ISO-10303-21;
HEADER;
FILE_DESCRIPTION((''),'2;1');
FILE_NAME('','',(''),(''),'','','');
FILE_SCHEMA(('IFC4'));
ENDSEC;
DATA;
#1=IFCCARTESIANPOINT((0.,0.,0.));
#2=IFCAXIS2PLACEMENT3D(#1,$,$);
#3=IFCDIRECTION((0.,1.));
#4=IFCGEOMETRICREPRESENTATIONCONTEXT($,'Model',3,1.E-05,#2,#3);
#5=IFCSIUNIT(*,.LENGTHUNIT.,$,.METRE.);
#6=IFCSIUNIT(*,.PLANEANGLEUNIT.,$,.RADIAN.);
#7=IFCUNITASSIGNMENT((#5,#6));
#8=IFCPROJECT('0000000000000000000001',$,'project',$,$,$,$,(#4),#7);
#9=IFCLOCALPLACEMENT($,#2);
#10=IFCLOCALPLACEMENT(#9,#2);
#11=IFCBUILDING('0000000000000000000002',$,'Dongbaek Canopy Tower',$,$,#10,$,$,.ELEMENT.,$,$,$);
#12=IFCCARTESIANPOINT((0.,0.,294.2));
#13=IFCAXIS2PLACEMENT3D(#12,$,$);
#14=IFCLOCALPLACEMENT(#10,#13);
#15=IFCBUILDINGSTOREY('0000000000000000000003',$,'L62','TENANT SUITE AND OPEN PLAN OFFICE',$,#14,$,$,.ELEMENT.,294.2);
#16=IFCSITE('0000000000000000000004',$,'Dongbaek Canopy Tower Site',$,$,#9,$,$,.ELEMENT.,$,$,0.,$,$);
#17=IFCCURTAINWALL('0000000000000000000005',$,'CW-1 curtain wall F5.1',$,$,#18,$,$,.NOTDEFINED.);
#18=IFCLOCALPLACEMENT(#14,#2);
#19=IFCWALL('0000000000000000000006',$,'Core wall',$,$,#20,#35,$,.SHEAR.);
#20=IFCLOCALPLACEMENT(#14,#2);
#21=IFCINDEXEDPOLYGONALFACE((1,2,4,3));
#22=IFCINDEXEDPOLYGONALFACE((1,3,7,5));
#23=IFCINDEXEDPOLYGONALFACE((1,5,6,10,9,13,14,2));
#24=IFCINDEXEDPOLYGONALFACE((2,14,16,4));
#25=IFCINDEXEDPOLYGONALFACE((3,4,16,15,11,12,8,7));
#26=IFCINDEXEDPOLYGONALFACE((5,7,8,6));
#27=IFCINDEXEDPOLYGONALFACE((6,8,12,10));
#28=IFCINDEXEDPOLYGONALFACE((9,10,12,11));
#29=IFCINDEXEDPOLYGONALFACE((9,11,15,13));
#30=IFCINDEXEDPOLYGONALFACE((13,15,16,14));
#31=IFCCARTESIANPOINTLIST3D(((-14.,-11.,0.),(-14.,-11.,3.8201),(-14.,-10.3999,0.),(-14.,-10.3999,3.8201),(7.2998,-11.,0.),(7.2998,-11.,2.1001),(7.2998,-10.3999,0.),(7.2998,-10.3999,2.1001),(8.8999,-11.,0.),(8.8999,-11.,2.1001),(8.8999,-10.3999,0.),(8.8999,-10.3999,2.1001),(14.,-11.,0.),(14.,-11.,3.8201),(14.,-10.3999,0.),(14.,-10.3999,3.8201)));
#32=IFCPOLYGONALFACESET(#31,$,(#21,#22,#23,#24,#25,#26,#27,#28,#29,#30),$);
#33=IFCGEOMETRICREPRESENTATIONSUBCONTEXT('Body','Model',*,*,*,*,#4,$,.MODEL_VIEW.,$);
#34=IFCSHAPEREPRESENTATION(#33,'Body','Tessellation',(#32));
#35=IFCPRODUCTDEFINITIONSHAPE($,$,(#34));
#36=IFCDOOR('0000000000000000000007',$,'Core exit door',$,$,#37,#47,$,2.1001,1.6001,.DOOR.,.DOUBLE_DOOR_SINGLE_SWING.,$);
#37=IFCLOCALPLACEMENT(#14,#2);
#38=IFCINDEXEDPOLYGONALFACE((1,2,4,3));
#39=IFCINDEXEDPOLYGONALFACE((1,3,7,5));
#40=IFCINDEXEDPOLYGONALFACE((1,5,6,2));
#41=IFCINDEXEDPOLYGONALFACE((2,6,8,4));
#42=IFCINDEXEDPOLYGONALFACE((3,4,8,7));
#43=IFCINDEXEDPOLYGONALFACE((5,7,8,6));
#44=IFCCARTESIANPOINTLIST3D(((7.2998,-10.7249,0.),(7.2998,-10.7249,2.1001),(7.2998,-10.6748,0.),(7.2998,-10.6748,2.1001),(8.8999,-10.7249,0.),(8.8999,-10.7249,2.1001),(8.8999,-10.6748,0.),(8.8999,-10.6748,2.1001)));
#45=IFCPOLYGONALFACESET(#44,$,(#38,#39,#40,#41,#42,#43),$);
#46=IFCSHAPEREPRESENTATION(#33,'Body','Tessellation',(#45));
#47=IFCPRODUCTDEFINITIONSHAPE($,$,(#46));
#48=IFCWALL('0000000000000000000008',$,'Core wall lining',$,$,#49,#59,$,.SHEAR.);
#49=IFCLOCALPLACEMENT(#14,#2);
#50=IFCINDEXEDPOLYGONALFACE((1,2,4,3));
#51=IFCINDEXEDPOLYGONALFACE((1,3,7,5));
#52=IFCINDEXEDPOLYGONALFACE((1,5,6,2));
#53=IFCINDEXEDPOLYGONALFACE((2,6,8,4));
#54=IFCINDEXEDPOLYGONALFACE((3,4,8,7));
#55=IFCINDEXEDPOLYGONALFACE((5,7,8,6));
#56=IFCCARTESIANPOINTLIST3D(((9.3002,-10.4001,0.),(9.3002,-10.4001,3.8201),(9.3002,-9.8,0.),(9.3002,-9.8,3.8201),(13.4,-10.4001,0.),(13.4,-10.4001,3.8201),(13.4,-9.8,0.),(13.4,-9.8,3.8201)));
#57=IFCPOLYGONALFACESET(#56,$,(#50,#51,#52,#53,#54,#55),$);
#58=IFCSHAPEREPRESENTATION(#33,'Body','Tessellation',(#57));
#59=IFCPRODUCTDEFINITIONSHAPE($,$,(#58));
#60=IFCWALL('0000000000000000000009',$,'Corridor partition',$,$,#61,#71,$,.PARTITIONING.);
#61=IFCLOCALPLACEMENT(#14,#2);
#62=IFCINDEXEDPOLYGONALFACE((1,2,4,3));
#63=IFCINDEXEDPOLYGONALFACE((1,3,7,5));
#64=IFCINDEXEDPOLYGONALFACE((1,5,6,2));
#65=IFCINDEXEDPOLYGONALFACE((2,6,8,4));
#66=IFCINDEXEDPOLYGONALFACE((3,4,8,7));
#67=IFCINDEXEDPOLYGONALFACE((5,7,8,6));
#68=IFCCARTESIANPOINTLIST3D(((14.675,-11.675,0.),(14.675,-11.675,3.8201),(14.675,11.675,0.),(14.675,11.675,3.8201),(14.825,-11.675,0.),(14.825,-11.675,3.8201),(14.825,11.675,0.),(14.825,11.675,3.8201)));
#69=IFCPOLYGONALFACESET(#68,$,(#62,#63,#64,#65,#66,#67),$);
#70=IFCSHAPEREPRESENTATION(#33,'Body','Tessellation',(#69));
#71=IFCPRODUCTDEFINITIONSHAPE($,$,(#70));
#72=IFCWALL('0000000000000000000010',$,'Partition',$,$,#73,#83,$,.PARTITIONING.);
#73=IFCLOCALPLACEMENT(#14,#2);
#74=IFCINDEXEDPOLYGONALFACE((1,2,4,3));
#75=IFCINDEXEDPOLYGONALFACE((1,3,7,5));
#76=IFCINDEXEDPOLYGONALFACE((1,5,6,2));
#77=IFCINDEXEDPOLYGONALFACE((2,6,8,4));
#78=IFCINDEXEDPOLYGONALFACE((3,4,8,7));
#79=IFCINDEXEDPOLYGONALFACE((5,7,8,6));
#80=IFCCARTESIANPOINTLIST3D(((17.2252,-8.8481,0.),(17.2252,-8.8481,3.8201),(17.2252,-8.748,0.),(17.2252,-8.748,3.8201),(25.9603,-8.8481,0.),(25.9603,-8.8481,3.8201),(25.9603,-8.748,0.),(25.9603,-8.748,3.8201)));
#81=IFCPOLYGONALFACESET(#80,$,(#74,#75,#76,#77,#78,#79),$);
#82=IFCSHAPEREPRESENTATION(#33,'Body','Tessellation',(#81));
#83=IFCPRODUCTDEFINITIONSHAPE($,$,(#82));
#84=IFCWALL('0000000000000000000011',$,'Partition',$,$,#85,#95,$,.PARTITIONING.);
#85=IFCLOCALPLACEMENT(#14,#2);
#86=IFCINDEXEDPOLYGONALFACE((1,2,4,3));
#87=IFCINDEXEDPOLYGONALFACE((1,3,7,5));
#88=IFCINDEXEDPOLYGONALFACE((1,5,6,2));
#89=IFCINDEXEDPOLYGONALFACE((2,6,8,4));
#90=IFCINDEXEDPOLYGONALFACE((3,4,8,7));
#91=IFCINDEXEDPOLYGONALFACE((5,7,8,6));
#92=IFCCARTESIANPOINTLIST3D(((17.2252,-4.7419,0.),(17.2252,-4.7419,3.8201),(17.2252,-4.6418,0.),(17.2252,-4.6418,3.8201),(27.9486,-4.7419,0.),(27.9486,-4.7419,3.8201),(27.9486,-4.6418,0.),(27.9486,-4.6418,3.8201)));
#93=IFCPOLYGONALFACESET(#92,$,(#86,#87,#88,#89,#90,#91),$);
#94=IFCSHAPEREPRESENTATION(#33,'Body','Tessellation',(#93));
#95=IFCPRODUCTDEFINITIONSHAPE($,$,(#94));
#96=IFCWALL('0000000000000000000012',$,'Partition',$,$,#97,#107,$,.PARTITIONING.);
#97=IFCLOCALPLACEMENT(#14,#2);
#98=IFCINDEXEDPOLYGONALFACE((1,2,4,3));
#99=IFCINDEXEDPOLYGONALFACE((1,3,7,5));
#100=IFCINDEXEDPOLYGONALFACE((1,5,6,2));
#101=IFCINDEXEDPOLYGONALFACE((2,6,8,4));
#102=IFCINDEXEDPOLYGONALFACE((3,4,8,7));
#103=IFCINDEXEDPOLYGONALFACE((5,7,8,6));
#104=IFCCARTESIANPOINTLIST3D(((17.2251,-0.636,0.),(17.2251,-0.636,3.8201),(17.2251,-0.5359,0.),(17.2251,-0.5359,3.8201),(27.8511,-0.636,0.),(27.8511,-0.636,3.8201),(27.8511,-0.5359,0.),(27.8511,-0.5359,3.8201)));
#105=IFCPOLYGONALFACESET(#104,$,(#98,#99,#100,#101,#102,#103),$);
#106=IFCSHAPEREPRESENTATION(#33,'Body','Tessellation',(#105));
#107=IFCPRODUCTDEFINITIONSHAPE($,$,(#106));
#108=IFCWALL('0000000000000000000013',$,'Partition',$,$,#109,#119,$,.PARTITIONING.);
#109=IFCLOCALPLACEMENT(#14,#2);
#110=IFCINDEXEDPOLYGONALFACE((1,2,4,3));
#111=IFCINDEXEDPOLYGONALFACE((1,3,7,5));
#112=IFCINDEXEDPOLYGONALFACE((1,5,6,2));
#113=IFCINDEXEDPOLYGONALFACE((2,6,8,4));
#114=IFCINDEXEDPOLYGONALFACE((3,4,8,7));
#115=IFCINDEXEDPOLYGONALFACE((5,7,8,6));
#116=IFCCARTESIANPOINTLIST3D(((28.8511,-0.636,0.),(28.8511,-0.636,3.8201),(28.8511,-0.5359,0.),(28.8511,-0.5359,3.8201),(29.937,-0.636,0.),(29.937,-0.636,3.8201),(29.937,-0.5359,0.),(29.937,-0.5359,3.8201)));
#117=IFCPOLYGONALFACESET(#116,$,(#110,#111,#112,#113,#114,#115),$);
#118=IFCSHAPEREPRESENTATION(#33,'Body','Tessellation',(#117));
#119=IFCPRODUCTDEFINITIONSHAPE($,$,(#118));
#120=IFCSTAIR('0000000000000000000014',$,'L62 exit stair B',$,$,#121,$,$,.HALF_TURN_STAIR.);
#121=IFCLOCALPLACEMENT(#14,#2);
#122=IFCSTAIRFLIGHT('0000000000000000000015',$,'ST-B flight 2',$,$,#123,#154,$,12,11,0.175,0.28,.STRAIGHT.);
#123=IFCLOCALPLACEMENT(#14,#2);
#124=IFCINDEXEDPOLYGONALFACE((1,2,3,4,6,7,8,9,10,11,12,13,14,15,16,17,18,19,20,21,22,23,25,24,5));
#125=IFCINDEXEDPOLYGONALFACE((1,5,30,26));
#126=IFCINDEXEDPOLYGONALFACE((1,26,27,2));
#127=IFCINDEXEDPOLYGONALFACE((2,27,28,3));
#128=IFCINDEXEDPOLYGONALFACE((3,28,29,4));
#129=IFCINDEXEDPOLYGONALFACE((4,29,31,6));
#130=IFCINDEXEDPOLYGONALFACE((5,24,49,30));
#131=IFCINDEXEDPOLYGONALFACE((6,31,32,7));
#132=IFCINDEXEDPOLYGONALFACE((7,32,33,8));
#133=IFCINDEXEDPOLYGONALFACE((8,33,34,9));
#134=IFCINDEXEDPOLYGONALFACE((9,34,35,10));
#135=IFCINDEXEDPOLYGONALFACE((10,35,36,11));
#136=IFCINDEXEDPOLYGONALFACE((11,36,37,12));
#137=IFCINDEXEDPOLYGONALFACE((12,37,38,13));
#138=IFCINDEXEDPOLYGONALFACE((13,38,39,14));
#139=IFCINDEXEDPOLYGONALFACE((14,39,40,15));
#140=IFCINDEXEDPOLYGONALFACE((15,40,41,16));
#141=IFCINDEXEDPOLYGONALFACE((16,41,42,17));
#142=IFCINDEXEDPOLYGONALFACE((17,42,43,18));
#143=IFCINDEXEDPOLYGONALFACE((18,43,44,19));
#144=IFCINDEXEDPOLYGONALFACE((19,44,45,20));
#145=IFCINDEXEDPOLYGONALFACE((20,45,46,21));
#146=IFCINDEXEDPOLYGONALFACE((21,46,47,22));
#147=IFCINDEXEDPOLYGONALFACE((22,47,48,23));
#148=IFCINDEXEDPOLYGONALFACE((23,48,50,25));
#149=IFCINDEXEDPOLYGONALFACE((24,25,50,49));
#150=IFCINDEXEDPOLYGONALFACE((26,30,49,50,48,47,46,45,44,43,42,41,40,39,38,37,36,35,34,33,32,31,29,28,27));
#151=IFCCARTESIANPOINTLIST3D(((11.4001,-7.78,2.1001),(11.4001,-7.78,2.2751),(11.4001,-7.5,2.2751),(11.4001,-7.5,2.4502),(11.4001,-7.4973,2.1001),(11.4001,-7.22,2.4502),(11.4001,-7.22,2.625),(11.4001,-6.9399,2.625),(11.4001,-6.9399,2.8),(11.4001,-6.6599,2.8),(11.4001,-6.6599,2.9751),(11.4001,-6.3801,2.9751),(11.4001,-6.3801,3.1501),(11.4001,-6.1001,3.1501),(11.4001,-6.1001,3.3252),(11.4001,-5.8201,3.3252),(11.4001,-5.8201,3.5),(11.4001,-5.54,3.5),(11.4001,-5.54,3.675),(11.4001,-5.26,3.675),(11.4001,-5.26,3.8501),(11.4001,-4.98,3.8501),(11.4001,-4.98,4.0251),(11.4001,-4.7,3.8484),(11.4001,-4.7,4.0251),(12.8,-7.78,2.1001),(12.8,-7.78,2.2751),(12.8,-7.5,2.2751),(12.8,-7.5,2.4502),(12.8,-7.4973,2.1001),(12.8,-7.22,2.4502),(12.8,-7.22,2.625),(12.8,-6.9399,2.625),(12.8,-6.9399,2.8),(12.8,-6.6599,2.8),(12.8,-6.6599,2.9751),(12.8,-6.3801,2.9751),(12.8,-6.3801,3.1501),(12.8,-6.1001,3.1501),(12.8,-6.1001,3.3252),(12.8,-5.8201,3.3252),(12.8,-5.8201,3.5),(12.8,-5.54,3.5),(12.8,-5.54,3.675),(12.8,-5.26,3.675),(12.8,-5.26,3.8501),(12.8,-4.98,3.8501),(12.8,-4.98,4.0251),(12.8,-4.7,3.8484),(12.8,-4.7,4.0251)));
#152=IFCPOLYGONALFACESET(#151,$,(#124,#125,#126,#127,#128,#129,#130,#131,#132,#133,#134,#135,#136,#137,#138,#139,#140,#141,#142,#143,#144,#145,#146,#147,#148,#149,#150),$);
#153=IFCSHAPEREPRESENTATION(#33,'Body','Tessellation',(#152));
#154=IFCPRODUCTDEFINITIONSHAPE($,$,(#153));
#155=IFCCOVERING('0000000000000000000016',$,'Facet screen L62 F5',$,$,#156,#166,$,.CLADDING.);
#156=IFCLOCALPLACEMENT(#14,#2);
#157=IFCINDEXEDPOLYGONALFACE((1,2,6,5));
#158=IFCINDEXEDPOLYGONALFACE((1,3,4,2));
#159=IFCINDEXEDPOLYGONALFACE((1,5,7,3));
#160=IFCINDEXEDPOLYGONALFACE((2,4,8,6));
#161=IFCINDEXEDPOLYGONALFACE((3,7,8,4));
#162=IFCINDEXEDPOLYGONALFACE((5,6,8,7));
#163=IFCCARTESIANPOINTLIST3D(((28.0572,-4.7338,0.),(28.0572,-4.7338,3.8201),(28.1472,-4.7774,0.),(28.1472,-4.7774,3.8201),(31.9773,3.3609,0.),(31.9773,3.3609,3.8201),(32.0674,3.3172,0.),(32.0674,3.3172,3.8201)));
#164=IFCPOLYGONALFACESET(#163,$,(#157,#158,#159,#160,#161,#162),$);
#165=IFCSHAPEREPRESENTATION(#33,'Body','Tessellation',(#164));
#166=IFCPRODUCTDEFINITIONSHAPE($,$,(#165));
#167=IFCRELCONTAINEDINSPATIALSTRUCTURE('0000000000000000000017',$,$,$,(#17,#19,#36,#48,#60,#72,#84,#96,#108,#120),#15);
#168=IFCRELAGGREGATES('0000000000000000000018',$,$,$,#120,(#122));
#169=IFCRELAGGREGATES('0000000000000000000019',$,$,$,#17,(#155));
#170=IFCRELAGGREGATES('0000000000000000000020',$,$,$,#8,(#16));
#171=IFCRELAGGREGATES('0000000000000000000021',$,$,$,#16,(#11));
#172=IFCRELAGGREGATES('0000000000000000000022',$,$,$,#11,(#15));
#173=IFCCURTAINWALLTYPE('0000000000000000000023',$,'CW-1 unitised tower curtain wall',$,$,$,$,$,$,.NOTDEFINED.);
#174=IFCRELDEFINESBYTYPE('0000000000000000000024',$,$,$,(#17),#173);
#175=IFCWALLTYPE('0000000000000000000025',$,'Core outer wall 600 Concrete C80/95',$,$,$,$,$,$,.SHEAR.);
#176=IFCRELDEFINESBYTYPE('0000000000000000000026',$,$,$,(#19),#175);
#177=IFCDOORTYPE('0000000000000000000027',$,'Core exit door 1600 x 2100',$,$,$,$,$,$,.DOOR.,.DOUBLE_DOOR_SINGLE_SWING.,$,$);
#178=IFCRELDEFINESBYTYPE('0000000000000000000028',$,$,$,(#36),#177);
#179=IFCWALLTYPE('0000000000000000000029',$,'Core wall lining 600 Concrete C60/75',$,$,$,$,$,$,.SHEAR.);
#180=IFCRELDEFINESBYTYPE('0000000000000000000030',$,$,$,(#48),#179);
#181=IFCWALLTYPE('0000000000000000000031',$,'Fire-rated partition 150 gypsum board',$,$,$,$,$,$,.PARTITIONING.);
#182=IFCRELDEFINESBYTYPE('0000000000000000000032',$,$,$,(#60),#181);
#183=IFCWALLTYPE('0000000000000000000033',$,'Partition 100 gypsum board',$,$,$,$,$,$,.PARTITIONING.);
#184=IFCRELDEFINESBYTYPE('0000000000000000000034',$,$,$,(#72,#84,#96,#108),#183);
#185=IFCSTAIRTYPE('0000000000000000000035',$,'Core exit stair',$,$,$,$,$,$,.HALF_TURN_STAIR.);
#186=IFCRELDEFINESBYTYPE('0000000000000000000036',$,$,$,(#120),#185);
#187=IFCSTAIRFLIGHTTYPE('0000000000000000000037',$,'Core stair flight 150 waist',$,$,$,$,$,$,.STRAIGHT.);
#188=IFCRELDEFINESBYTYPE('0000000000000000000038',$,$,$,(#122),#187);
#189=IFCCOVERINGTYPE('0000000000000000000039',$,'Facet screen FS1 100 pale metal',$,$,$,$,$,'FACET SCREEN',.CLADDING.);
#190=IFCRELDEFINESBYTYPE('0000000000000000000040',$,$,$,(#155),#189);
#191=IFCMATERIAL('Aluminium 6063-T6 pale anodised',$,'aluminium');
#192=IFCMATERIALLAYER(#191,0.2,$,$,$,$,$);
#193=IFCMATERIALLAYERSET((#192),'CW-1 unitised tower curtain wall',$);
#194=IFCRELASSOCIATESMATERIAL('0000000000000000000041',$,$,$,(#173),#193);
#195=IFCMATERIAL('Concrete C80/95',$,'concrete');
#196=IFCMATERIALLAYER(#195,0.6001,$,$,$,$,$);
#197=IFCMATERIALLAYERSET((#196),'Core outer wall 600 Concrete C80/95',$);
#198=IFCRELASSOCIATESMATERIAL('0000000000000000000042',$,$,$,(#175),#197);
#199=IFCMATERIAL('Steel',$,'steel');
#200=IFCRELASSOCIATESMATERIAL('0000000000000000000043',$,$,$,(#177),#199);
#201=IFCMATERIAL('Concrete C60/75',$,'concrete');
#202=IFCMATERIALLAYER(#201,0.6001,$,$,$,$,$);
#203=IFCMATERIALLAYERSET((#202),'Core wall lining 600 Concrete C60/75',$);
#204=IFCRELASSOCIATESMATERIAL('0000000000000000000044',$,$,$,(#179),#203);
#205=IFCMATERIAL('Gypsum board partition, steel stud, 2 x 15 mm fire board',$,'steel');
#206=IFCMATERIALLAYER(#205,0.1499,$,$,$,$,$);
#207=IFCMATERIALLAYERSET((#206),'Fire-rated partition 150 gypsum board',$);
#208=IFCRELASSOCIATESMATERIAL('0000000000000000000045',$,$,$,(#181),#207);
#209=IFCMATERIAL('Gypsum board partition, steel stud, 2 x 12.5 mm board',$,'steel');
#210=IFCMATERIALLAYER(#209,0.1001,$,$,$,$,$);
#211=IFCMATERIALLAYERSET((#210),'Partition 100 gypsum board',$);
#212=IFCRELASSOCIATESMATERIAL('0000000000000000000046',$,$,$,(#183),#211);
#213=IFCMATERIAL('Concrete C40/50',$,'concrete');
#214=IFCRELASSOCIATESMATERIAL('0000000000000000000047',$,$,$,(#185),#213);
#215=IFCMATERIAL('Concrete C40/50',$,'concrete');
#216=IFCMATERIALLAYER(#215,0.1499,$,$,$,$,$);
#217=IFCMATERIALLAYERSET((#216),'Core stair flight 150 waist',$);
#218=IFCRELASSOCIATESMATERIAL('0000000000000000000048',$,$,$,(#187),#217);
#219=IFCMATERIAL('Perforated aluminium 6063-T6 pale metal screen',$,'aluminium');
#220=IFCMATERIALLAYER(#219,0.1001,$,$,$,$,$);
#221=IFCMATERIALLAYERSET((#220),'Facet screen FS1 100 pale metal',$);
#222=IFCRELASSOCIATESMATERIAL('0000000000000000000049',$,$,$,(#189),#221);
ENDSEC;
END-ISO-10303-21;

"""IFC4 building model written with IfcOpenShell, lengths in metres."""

from ifc_helpers import new_model, si_unit, direction, frame, frame_2d, origin, origin_2d, place, context, subcontext, project, spatial, polyline, rectangle, outline, extrude, material, layer, layer_set, type_object, element, fill, aggregate, save


model = new_model("IFC4")

# Units and contexts
model_context = context("Model", 3, precision=1e-05, world=origin(), true_north=direction((0.0, 1.0)))
body_context = subcontext(model_context, "Body", "Model", "MODEL_VIEW")
ifc_project = project(units=[si_unit("LENGTHUNIT", "METRE"), si_unit("PLANEANGLEUNIT", "RADIAN")], contexts=[model_context])

# Site, building, storey
site_placement = place(None, origin())
site = spatial("IfcSite", under=ifc_project, at=site_placement, Name="Dongbaek Canopy Tower Site", CompositionType="ELEMENT", RefElevation=0.0)
building_placement = place(site_placement, origin())
building = spatial("IfcBuilding", under=site, at=building_placement, Name="Dongbaek Canopy Tower", CompositionType="ELEMENT")
storey_placement = place(building_placement, frame((0.0, 0.0, 294.2)))
storey = spatial("IfcBuildingStorey", under=building, at=storey_placement, Name="L62", Description="TENANT SUITE AND OPEN PLAN OFFICE", CompositionType="ELEMENT", Elevation=294.2)

# Curtain wall
ifc_material_1 = material(Name="Aluminium 6063-T6 pale anodised", Category="aluminium")
ifc_layer_1 = layer(ifc_material_1, 0.2)
ifc_layer_set_1 = layer_set([ifc_layer_1], Name="CW-1 unitised tower curtain wall")
curtain_wall_type = type_object("IfcCurtainWallType", Name="CW-1 unitised tower curtain wall", PredefinedType="NOTDEFINED", material=ifc_layer_set_1)
curtain_wall_placement = place(storey_placement, origin())
curtain_wall = element("IfcCurtainWall", 1, at=curtain_wall_placement, inside=storey, type_object=curtain_wall_type, Name="CW-1 curtain wall F5.1", PredefinedType="NOTDEFINED")

# Wall, opening, door
ifc_material_2 = material(Name="Concrete C80/95", Category="concrete")
ifc_layer_2 = layer(ifc_material_2, 0.6001)
ifc_layer_set_2 = layer_set([ifc_layer_2], Name="Core outer wall 600 Concrete C80/95")
wall_type_1 = type_object("IfcWallType", Name="Core outer wall 600 Concrete C80/95", PredefinedType="SHEAR", material=ifc_layer_set_2)
wall_1_placement = place(storey_placement, frame((14.0, -10.7, 0.0), z_axis=(0.0, 0.0, 1.0), x_axis=(-1.0, 0.0, 0.0)))
wall_1 = element("IfcWall", 2, at=wall_1_placement, inside=storey, type_object=wall_type_1, Name="Core wall", PredefinedType="SHEAR", context=body_context, shape_type="SweptSolid", body=[
    extrude(rectangle(XDim=28.0, YDim=0.6001, at=frame_2d((14.0, 0.0))), origin(), (0.0, 0.0, 1.0), 3.8201),
])
opening_placement = place(wall_1_placement, frame((5.1001, 0.0, 0.0)))
opening = element("IfcOpeningElement", 3, at=opening_placement, cuts=wall_1, PredefinedType="OPENING", context=body_context, shape_type="SweptSolid", body=[
    extrude(rectangle(XDim=1.6001, YDim=2.1001, at=frame_2d((0.8, 1.05))), frame((0.0, 0.3101, 0.0), z_axis=(0.0, -1.0, 0.0), x_axis=(1.0, 0.0, 0.0)), (0.0, 0.0, 1.0), 0.6201),
])
ifc_material_3 = material(Name="Steel", Category="steel")
door_type = type_object("IfcDoorType", Name="Core exit door 1600 x 2100", OperationType="DOUBLE_DOOR_SINGLE_SWING", PredefinedType="DOOR", material=ifc_material_3)
door_placement = place(opening_placement, origin())
door = element("IfcDoor", 4, at=door_placement, inside=storey, type_object=door_type, Name="Core exit door", OperationType="DOUBLE_DOOR_SINGLE_SWING", OverallHeight=2.1001, OverallWidth=1.6001, PredefinedType="DOOR", context=body_context, shape_type="SweptSolid", body=[
    extrude(rectangle(XDim=1.6001, YDim=2.1001, at=frame_2d((0.8, 1.05))), frame((0.0, 0.0249, 0.0), z_axis=(0.0, -1.0, 0.0), x_axis=(1.0, 0.0, 0.0)), (0.0, 0.0, 1.0), 0.05),
])
fill(opening, door)

# Walls
ifc_material_4 = material(Name="Concrete C60/75", Category="concrete")
ifc_layer_3 = layer(ifc_material_4, 0.6001)
ifc_layer_set_3 = layer_set([ifc_layer_3], Name="Core wall lining 600 Concrete C60/75")
wall_type_2 = type_object("IfcWallType", Name="Core wall lining 600 Concrete C60/75", PredefinedType="SHEAR", material=ifc_layer_set_3)
wall_2_placement = place(storey_placement, frame((13.3999, -10.1001, 0.0), z_axis=(0.0, 0.0, 1.0), x_axis=(-1.0, 0.0, 0.0)))
element("IfcWall", 5, at=wall_2_placement, inside=storey, type_object=wall_type_2, Name="Core wall lining", PredefinedType="SHEAR", context=body_context, shape_type="SweptSolid", body=[
    extrude(rectangle(XDim=4.0999, YDim=0.6001, at=frame_2d((2.0498, 0.0))), origin(), (0.0, 0.0, 1.0), 3.8201),
])
ifc_material_5 = material(Name="Gypsum board partition, steel stud, 2 x 15 mm fire board", Category="steel")
ifc_layer_4 = layer(ifc_material_5, 0.1499)
ifc_layer_set_4 = layer_set([ifc_layer_4], Name="Fire-rated partition 150 gypsum board")
wall_type_3 = type_object("IfcWallType", Name="Fire-rated partition 150 gypsum board", PredefinedType="PARTITIONING", material=ifc_layer_set_4)
wall_3_placement = place(storey_placement, frame((14.75, -11.675, 0.0), z_axis=(0.0, 0.0, 1.0), x_axis=(0.0, 1.0, 0.0)))
element("IfcWall", 6, at=wall_3_placement, inside=storey, type_object=wall_type_3, Name="Corridor partition", PredefinedType="PARTITIONING", context=body_context, shape_type="SweptSolid", body=[
    extrude(rectangle(XDim=23.3501, YDim=0.1499, at=frame_2d((11.675, 0.0))), origin(), (0.0, 0.0, 1.0), 3.8201),
])
ifc_material_6 = material(Name="Gypsum board partition, steel stud, 2 x 12.5 mm board", Category="steel")
ifc_layer_5 = layer(ifc_material_6, 0.1001)
ifc_layer_set_5 = layer_set([ifc_layer_5], Name="Partition 100 gypsum board")
wall_type_4 = type_object("IfcWallType", Name="Partition 100 gypsum board", PredefinedType="PARTITIONING", material=ifc_layer_set_5)
wall_4_placement = place(storey_placement, frame((17.2251, -8.7981, 0.0), z_axis=(0.0, 0.0, 1.0), x_axis=(1.0, 0.0, 0.0)))
element("IfcWall", 7, at=wall_4_placement, inside=storey, type_object=wall_type_4, Name="Partition", PredefinedType="PARTITIONING", context=body_context, shape_type="SweptSolid", body=[
    extrude(rectangle(XDim=8.7351, YDim=0.1001, at=frame_2d((4.3677, 0.0))), origin(), (0.0, 0.0, 1.0), 3.8201),
])
wall_5_placement = place(storey_placement, frame((17.2251, -4.6919, 0.0), z_axis=(0.0, 0.0, 1.0), x_axis=(1.0, 0.0, 0.0)))
element("IfcWall", 8, at=wall_5_placement, inside=storey, type_object=wall_type_4, Name="Partition", PredefinedType="PARTITIONING", context=body_context, shape_type="SweptSolid", body=[
    extrude(rectangle(XDim=10.7234, YDim=0.1001, at=frame_2d((5.3618, 0.0))), origin(), (0.0, 0.0, 1.0), 3.8201),
])
wall_6_placement = place(storey_placement, frame((17.2251, -0.5859, 0.0), z_axis=(0.0, 0.0, 1.0), x_axis=(1.0, 0.0, 0.0)))
element("IfcWall", 9, at=wall_6_placement, inside=storey, type_object=wall_type_4, Name="Partition", PredefinedType="PARTITIONING", context=body_context, shape_type="SweptSolid", body=[
    extrude(rectangle(XDim=10.626, YDim=0.1001, at=frame_2d((5.313, 0.0))), origin(), (0.0, 0.0, 1.0), 3.8201),
])
wall_7_placement = place(storey_placement, frame((28.8511, -0.5859, 0.0), z_axis=(0.0, 0.0, 1.0), x_axis=(1.0, 0.0, 0.0)))
element("IfcWall", 10, at=wall_7_placement, inside=storey, type_object=wall_type_4, Name="Partition", PredefinedType="PARTITIONING", context=body_context, shape_type="SweptSolid", body=[
    extrude(rectangle(XDim=1.0859, YDim=0.1001, at=frame_2d((0.543, 0.0))), origin(), (0.0, 0.0, 1.0), 3.8201),
])

# Stair, stair flight
ifc_material_7 = material(Name="Concrete C40/50", Category="concrete")
stair_type = type_object("IfcStairType", Name="Core exit stair", PredefinedType="HALF_TURN_STAIR", material=ifc_material_7)
stair_placement = place(storey_placement, origin())
stair = element("IfcStair", 11, at=stair_placement, inside=storey, type_object=stair_type, Name="L62 exit stair B", PredefinedType="HALF_TURN_STAIR")
ifc_material_8 = material(Name="Concrete C40/50", Category="concrete")
ifc_layer_6 = layer(ifc_material_8, 0.1499)
ifc_layer_set_6 = layer_set([ifc_layer_6], Name="Core stair flight 150 waist")
stair_flight_type = type_object("IfcStairFlightType", Name="Core stair flight 150 waist", PredefinedType="STRAIGHT", material=ifc_layer_set_6)
stair_flight_placement = place(storey_placement, frame((12.1001, -7.78, 2.1001), z_axis=(0.0, 0.0, 1.0), x_axis=(0.0, 1.0, 0.0)))
stair_flight = element("IfcStairFlight", 12, at=stair_flight_placement, type_object=stair_flight_type, Name="ST-B flight 2", NumberOfRisers=12, NumberOfTreads=11, PredefinedType="STRAIGHT", RiserHeight=0.175, TreadLength=0.28, context=body_context, shape_type="SweptSolid", body=[
    extrude(outline(polyline([(0.0, 0.0), (0.0, 0.175), (0.28, 0.175), (0.28, 0.3501), (0.5601, 0.3501), (0.5601, 0.5249), (0.8401, 0.5249), (0.8401, 0.7), (1.1201, 0.7), (1.1201, 0.875), (1.3999, 0.875), (1.3999, 1.05), (1.6799, 1.05), (1.6799, 1.2251), (1.96, 1.2251), (1.96, 1.3999), (2.24, 1.3999), (2.24, 1.575), (2.52, 1.575), (2.52, 1.75), (2.8, 1.75), (2.8, 1.925), (3.0801, 1.925), (3.0801, 2.1001), (3.0801, 1.7483), (0.2827, 0.0), (0.0, 0.0)])), frame((0.0, 0.7, 0.0), z_axis=(0.0, -1.0, 0.0), x_axis=(1.0, 0.0, 0.0)), (0.0, 0.0, 1.0), 1.3999),
])
aggregate(stair, [stair_flight])

# Covering
ifc_material_9 = material(Name="Perforated aluminium 6063-T6 pale metal screen", Category="aluminium")
ifc_layer_7 = layer(ifc_material_9, 0.1001)
ifc_layer_set_7 = layer_set([ifc_layer_7], Name="Facet screen FS1 100 pale metal")
covering_type = type_object("IfcCoveringType", Name="Facet screen FS1 100 pale metal", ElementType="FACET SCREEN", PredefinedType="CLADDING", material=ifc_layer_set_7)
covering_placement = place(storey_placement, frame((30.0623, -0.7083, 0.0), z_axis=(0.0, 0.0, 1.0), x_axis=(0.435863, 0.900013, 0.0)))
covering = element("IfcCovering", 13, at=covering_placement, type_object=covering_type, Name="Facet screen L62 F5", PredefinedType="CLADDING", context=body_context, shape_type="SweptSolid", body=[
    extrude(rectangle(XDim=8.9939, YDim=0.1001, at=origin_2d()), origin(), (0.0, 0.0, 1.0), 3.8201),
])
aggregate(curtain_wall, [covering])

save(model, "model.ifc")
